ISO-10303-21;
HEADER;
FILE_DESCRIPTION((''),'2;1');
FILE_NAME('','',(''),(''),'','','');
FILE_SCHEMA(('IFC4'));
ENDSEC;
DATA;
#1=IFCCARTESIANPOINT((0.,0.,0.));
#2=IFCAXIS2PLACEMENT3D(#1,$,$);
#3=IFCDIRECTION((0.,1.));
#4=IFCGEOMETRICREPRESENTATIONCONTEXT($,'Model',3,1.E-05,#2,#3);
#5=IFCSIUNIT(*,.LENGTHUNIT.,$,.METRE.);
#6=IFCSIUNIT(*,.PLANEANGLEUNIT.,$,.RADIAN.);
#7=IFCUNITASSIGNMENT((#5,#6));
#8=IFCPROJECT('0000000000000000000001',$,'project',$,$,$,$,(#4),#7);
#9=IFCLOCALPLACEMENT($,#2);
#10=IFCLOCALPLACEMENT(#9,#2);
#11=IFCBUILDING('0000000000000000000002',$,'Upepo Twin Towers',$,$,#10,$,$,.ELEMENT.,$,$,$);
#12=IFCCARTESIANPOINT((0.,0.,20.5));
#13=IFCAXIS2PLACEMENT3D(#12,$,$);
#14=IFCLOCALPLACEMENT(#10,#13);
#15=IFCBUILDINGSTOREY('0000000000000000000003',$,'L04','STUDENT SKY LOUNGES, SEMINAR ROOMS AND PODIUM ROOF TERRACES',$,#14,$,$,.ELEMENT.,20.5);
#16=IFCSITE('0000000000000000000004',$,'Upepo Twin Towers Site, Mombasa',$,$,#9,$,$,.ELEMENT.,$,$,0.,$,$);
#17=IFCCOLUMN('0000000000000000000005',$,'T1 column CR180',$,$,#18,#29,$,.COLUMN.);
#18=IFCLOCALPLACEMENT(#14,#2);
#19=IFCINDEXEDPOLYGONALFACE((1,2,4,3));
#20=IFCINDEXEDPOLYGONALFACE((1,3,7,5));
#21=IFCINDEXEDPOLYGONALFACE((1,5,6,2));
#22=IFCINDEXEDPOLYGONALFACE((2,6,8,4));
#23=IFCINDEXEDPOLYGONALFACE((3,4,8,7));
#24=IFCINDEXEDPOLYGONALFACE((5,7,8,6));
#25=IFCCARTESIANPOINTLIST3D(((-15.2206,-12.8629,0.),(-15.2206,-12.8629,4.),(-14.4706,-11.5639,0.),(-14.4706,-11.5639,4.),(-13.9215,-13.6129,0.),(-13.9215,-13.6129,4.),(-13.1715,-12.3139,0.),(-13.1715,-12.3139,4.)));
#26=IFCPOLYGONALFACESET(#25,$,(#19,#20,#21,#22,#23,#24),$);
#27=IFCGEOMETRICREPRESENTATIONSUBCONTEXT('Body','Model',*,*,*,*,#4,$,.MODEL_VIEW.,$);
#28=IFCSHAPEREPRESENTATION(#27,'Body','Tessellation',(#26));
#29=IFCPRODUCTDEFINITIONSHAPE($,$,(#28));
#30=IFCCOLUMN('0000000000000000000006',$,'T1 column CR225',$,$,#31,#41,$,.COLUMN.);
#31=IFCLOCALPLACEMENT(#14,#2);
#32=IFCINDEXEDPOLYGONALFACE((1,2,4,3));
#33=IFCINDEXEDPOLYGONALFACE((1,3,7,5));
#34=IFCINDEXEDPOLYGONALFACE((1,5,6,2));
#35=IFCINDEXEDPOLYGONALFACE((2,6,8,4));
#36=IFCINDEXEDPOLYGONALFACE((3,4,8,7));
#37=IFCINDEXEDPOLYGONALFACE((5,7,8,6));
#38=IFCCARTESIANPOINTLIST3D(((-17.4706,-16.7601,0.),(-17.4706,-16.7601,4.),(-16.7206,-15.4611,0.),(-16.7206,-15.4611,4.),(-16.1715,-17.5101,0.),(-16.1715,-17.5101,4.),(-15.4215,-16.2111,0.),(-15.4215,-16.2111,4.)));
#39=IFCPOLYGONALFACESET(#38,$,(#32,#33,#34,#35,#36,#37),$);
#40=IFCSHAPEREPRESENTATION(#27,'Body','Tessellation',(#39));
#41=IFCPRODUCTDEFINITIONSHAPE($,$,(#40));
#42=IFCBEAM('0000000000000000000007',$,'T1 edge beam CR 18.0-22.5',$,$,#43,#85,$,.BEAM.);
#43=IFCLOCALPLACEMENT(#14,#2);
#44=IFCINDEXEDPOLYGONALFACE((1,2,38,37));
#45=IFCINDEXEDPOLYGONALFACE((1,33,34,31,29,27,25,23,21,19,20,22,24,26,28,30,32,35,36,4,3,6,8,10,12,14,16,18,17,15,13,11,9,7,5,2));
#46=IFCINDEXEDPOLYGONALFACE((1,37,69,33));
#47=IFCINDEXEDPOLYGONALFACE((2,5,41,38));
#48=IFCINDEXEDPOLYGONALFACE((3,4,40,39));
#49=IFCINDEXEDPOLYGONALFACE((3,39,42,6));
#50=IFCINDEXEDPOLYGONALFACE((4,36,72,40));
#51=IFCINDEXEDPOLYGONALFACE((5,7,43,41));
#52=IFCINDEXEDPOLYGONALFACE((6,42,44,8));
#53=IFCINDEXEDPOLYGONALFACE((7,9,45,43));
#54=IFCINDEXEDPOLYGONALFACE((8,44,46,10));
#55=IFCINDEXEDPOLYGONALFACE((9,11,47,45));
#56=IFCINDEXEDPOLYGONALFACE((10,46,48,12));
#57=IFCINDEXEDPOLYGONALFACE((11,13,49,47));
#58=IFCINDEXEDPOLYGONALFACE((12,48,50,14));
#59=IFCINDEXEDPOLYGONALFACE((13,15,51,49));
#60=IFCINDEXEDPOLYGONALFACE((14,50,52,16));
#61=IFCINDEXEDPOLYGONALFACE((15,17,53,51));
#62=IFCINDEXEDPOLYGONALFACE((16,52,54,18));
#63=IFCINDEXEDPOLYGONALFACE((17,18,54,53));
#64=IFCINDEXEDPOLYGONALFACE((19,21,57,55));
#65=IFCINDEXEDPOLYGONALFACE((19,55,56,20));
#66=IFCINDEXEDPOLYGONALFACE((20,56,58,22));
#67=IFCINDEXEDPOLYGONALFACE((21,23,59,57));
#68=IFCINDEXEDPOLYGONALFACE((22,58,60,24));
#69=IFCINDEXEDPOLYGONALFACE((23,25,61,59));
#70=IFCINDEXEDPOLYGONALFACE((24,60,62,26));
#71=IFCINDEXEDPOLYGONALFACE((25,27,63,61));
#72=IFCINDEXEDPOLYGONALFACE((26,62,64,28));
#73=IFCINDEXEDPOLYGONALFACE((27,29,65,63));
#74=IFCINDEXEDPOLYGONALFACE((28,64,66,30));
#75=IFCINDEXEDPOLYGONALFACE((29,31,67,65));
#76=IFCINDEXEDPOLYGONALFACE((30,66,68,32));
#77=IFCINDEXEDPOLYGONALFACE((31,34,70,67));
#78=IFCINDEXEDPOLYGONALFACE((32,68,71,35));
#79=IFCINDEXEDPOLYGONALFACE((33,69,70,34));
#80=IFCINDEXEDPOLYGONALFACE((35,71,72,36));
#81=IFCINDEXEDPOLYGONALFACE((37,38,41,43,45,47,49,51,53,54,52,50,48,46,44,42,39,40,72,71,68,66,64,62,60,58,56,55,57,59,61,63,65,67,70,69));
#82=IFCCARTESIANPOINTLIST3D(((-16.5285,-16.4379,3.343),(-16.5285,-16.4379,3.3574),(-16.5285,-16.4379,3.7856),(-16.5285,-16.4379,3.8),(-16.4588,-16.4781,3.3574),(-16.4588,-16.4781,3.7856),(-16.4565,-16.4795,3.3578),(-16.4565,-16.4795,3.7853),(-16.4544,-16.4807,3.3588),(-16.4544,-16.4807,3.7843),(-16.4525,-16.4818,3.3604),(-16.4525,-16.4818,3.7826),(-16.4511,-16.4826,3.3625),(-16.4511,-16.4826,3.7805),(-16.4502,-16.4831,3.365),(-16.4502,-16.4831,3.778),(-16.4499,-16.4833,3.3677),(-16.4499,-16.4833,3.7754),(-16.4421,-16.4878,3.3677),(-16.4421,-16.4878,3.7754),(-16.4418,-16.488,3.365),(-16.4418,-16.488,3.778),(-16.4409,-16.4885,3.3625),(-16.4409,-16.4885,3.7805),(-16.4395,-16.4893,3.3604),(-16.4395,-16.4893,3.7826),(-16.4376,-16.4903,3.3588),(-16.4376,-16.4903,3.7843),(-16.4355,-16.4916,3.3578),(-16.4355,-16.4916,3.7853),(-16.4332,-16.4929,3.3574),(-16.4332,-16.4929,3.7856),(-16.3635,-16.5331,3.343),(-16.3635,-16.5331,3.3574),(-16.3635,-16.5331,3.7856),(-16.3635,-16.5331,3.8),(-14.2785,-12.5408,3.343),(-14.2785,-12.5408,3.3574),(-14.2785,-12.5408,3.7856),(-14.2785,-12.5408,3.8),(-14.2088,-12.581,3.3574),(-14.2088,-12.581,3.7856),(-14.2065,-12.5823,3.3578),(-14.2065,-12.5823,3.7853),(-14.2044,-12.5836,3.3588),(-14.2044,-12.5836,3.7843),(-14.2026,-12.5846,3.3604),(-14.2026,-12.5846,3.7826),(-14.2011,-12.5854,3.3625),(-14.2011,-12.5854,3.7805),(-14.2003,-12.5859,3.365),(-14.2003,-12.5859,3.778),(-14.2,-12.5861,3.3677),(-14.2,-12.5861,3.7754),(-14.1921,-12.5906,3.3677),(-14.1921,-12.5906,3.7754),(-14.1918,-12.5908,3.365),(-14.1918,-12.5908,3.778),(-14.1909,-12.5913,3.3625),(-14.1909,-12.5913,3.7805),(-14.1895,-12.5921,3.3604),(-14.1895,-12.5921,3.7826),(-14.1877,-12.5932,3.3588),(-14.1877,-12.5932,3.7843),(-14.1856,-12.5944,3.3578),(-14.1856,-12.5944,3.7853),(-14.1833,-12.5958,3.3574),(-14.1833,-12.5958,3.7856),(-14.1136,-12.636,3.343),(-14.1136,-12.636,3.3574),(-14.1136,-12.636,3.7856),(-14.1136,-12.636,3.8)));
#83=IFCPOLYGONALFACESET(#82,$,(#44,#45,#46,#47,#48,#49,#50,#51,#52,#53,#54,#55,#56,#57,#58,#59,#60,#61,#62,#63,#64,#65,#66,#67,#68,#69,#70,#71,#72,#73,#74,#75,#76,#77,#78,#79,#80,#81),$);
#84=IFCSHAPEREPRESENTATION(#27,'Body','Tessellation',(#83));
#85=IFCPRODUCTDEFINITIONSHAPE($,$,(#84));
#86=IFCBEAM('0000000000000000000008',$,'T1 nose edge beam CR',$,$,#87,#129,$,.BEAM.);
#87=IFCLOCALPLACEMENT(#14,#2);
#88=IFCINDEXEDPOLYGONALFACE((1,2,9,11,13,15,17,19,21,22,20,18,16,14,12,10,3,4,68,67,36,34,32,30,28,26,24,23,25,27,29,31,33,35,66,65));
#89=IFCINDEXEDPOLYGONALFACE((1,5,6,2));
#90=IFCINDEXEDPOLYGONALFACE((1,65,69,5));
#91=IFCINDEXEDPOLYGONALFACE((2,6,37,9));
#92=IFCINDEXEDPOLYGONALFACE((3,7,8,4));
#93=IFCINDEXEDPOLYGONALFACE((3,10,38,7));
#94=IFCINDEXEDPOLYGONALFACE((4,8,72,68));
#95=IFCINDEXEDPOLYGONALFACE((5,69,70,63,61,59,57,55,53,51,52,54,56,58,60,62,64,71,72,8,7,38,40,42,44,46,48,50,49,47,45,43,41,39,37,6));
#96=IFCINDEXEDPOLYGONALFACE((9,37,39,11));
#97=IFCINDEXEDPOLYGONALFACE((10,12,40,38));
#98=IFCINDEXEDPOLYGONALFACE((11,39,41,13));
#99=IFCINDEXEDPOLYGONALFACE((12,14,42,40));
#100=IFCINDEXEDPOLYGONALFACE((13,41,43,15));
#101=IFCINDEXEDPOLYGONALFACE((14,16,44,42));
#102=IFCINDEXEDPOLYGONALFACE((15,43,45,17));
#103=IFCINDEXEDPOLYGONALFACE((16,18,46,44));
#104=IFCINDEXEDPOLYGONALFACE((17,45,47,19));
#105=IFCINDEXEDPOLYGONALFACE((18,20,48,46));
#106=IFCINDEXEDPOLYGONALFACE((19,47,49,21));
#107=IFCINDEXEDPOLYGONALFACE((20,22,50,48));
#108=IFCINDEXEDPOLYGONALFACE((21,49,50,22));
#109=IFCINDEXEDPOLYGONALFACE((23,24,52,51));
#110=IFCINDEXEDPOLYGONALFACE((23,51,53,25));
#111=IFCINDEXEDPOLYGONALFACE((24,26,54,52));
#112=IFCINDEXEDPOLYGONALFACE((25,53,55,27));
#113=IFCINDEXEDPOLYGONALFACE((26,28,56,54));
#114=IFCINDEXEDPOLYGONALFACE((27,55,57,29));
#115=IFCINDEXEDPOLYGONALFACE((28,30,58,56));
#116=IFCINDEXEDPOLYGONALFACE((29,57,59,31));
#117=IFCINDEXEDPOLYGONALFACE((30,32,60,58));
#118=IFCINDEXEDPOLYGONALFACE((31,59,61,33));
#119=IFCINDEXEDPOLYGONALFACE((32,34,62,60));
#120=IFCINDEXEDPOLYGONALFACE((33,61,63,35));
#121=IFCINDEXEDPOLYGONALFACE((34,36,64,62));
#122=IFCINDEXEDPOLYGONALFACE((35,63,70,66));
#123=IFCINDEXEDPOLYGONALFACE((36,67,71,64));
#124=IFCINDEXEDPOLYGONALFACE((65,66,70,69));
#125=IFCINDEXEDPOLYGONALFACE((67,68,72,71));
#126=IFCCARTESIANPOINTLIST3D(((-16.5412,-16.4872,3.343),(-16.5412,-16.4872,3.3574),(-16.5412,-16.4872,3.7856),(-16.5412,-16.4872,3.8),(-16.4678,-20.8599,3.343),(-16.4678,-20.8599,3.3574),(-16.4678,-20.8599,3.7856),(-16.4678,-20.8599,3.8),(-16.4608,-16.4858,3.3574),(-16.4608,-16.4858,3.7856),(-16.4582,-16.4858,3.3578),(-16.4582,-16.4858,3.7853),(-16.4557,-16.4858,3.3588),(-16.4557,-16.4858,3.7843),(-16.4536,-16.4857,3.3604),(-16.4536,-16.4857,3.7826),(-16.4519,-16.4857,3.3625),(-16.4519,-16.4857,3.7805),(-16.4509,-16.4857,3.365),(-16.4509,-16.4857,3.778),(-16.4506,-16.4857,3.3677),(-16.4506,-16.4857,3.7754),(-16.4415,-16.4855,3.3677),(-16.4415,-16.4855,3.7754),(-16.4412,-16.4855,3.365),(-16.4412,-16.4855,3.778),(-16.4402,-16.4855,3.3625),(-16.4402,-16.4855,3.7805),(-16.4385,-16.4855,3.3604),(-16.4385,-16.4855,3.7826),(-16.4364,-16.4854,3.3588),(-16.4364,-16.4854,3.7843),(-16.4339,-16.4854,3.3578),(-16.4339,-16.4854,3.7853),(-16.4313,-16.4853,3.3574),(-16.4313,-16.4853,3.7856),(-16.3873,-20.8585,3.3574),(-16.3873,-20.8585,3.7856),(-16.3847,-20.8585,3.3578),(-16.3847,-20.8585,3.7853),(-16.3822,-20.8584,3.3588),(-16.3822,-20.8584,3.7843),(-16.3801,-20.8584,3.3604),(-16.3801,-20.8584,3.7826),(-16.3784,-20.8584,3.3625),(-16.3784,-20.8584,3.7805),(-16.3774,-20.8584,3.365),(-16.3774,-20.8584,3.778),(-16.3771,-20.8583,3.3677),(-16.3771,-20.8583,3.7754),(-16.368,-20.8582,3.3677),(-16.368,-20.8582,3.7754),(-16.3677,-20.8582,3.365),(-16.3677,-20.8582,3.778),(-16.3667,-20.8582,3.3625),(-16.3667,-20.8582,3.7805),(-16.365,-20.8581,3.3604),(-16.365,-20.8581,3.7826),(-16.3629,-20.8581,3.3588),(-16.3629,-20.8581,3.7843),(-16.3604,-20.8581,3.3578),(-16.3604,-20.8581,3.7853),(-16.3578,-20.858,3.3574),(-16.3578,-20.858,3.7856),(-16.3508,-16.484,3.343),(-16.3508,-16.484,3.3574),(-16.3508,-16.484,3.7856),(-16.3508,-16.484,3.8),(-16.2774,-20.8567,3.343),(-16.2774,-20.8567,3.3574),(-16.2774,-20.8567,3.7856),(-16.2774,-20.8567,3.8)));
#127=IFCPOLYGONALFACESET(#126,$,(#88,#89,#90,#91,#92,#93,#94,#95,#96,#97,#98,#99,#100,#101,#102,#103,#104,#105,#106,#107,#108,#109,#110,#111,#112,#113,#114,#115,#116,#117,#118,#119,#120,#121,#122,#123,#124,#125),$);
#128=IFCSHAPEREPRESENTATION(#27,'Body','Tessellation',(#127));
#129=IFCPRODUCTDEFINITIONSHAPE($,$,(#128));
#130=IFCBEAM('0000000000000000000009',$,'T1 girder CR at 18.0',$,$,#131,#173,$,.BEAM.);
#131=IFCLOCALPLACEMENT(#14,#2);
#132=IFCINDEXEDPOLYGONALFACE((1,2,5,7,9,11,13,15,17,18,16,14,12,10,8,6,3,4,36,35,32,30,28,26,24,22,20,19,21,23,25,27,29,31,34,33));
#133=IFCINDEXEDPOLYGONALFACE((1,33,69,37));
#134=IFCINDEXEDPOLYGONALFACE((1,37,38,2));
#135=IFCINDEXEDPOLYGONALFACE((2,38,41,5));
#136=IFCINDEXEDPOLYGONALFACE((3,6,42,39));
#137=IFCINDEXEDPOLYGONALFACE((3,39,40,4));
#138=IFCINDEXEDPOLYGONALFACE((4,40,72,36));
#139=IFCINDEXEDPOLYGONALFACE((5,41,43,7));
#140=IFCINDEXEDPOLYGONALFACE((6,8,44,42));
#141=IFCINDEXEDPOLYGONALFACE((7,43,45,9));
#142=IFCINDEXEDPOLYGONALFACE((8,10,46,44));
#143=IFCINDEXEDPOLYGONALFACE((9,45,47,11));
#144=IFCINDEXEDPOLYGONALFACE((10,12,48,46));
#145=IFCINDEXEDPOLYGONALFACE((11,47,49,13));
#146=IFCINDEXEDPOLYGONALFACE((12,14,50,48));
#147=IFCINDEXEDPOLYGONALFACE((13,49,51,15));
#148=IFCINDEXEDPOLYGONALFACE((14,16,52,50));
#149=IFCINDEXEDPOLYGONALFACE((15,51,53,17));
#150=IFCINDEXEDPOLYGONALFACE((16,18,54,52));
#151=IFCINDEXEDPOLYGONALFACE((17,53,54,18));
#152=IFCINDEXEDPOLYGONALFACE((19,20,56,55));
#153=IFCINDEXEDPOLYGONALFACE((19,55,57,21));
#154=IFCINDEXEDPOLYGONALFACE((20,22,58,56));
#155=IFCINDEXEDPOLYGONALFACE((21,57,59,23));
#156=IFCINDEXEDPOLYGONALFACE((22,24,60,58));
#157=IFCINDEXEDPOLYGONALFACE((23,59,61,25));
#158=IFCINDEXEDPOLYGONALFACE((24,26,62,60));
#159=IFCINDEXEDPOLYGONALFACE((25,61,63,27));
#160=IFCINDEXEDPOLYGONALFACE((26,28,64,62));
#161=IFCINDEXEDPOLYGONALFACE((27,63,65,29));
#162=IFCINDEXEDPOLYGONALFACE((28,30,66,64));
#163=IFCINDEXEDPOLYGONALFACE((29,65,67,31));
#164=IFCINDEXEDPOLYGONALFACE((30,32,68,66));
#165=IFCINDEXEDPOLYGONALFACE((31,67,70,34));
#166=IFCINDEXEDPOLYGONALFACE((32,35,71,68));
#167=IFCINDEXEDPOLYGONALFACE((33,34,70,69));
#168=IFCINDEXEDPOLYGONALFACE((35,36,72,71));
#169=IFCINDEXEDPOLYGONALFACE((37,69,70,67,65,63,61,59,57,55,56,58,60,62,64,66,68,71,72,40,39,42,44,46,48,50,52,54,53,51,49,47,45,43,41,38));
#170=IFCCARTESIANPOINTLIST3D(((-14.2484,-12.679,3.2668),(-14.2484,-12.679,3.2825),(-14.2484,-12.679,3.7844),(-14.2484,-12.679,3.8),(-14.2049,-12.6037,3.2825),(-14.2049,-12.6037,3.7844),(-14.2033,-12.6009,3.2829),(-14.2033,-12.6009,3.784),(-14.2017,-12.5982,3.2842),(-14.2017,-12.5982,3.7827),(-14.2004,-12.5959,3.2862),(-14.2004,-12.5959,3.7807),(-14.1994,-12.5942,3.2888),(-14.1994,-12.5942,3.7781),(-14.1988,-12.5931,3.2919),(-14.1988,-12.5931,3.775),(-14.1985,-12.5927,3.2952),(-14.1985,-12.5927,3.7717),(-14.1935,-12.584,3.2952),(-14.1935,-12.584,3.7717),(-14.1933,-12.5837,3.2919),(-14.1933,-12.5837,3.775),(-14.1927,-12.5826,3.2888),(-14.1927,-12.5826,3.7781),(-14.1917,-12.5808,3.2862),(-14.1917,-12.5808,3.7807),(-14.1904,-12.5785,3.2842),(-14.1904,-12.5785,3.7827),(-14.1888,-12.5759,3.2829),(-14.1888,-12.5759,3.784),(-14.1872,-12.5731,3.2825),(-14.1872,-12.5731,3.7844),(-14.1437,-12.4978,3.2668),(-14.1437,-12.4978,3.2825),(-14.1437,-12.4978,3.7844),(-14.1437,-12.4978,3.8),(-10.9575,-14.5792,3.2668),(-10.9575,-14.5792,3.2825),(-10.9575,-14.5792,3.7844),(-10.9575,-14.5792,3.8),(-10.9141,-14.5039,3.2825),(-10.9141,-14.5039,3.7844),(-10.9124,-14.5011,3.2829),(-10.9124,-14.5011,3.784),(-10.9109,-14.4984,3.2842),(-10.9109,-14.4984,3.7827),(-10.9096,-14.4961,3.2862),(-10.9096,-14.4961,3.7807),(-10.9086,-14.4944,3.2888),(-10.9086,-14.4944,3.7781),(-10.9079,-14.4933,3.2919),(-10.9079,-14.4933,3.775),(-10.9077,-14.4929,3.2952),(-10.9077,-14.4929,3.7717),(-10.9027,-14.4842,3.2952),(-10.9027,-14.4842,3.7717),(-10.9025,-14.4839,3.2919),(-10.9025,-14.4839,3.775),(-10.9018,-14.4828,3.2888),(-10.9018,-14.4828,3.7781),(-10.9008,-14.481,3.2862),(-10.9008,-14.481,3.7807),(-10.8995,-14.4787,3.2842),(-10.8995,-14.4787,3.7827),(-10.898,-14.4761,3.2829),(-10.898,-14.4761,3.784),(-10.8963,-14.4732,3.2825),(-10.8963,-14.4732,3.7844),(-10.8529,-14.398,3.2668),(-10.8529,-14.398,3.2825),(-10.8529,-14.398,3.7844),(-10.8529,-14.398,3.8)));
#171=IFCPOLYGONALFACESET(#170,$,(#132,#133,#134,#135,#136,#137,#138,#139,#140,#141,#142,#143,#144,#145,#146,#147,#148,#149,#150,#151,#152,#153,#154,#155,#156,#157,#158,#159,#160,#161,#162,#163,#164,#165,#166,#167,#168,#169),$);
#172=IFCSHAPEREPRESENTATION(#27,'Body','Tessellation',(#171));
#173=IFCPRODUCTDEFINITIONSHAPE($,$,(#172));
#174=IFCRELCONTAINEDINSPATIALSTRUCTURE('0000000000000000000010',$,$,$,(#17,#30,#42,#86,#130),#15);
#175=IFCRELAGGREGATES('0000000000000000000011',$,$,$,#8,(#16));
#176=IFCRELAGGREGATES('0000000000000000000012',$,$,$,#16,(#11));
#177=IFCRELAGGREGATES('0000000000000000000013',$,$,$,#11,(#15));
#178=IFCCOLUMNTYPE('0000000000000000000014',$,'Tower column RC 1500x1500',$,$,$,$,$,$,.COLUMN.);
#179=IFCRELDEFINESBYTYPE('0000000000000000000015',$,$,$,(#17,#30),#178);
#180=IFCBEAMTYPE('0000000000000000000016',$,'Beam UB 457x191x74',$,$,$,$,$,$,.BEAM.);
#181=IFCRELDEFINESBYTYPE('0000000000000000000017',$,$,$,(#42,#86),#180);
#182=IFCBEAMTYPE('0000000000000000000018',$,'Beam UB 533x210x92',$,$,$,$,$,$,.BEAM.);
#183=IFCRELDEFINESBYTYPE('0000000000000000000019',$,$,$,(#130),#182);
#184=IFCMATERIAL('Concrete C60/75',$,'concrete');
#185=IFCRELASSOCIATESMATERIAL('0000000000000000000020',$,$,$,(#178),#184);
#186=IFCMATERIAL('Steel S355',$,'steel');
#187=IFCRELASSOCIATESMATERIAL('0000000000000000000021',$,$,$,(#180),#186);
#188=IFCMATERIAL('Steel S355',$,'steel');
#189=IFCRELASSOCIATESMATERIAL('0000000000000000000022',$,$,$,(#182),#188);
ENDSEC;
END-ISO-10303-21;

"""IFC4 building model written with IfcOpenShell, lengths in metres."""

from ifc_helpers import new_model, si_unit, direction, frame, origin, origin_2d, place, context, subcontext, project, spatial, rectangle, i_section, extrude, material, material_profile, profile_set, type_object, element, save


model = new_model("IFC4")

# Units and contexts
model_context = context("Model", 3, precision=1e-05, world=origin(), true_north=direction((0.0, 1.0)))
body_context = subcontext(model_context, "Body", "Model", "MODEL_VIEW")
ifc_project = project(units=[si_unit("LENGTHUNIT", "METRE"), si_unit("PLANEANGLEUNIT", "RADIAN")], contexts=[model_context])

# Site, building, storey
site_placement = place(None, origin())
site = spatial("IfcSite", under=ifc_project, at=site_placement, Name="Upepo Twin Towers Site, Mombasa", CompositionType="ELEMENT", RefElevation=0.0)
building_placement = place(site_placement, origin())
building = spatial("IfcBuilding", under=site, at=building_placement, Name="Upepo Twin Towers", CompositionType="ELEMENT")
storey_placement = place(building_placement, frame((0.0, 0.0, 20.5)))
storey = spatial("IfcBuildingStorey", under=building, at=storey_placement, Name="L04", Description="STUDENT SKY LOUNGES, SEMINAR ROOMS AND PODIUM ROOF TERRACES", CompositionType="ELEMENT", Elevation=20.5)

# Columns
ifc_material_1 = material(Name="Concrete C60/75", Category="concrete")
ifc_material_profile_1 = material_profile(ifc_material_1, rectangle(XDim=1.5, YDim=1.5, at=origin_2d()), Name="RC 1500x1500")
ifc_profile_set_1 = profile_set([ifc_material_profile_1], Name="Concrete C60/75")
column_type = type_object("IfcColumnType", Name="Tower column RC 1500x1500", PredefinedType="COLUMN", material=ifc_profile_set_1)
for number, where, z_axis, x_axis, name in (
    (1, (-14.196, -12.5884, 0.0), (0.0, 0.0, 1.0), (0.5, 0.866025, 0.0), "T1 column CR180"),
    (2, (-16.446, -16.4856, 0.0), (0.0, 0.0, 1.0), (0.5, 0.866025, 0.0), "T1 column CR225"),
):
    element("IfcColumn", number, at=place(storey_placement, frame(where, z_axis=z_axis, x_axis=x_axis)), inside=storey, type_object=column_type, Name=name, PredefinedType="COLUMN", context=body_context, shape_type="SweptSolid", body=[
        extrude(rectangle(XDim=1.5, YDim=1.5, at=origin_2d()), origin(), (0.0, 0.0, 1.0), 4.0),
    ])

# Beams
ifc_material_2 = material(Name="Steel S355", Category="steel")
ifc_material_profile_2 = material_profile(ifc_material_2, i_section(OverallWidth=0.1904, OverallDepth=0.457, WebThickness=0.009, FlangeThickness=0.0144, FilletRadius=0.0103, at=origin_2d()), Name="UB 457x191x74")
ifc_profile_set_2 = profile_set([ifc_material_profile_2], Name="Steel S355")
beam_type_1 = type_object("IfcBeamType", Name="Beam UB 457x191x74", PredefinedType="BEAM", material=ifc_profile_set_2)
beam_1_placement = place(storey_placement, frame((-14.196, -12.5884, 3.5715), z_axis=(-0.49999, -0.866031, 0.0), x_axis=(0.866031, -0.49999, 0.0)))
element("IfcBeam", 3, at=beam_1_placement, inside=storey, type_object=beam_type_1, Name="T1 edge beam CR 18.0-22.5", PredefinedType="BEAM", context=body_context, shape_type="SweptSolid", body=[
    extrude(i_section(OverallWidth=0.1904, OverallDepth=0.457, WebThickness=0.009, FlangeThickness=0.0144, FilletRadius=0.0103, at=origin_2d()), origin(), (0.0, 0.0, 1.0), 4.5),
])
beam_2_placement = place(storey_placement, frame((-16.446, -16.4856, 3.5715), z_axis=(0.016804, -0.999859, 0.0), x_axis=(0.999859, 0.016804, 0.0)))
element("IfcBeam", 4, at=beam_2_placement, inside=storey, type_object=beam_type_1, Name="T1 nose edge beam CR", PredefinedType="BEAM", context=body_context, shape_type="SweptSolid", body=[
    extrude(i_section(OverallWidth=0.1904, OverallDepth=0.457, WebThickness=0.009, FlangeThickness=0.0144, FilletRadius=0.0103, at=origin_2d()), origin(), (0.0, 0.0, 1.0), 4.3733),
])
ifc_material_3 = material(Name="Steel S355", Category="steel")
ifc_material_profile_3 = material_profile(ifc_material_3, i_section(OverallWidth=0.2092, OverallDepth=0.5332, WebThickness=0.01, FlangeThickness=0.0156, FilletRadius=0.0127, at=origin_2d()), Name="UB 533x210x92")
ifc_profile_set_3 = profile_set([ifc_material_profile_3], Name="Steel S355")
beam_type_2 = type_object("IfcBeamType", Name="Beam UB 533x210x92", PredefinedType="BEAM", material=ifc_profile_set_3)
beam_3_placement = place(storey_placement, frame((-14.196, -12.5884, 3.5334), z_axis=(0.866, -0.500043, 0.0), x_axis=(0.500043, 0.866, 0.0)))
element("IfcBeam", 5, at=beam_3_placement, inside=storey, type_object=beam_type_2, Name="T1 girder CR at 18.0", PredefinedType="BEAM", context=body_context, shape_type="SweptSolid", body=[
    extrude(i_section(OverallWidth=0.2092, OverallDepth=0.5332, WebThickness=0.01, FlangeThickness=0.0156, FilletRadius=0.0127, at=origin_2d()), origin(), (0.0, 0.0, 1.0), 3.8),
])

save(model, "model.ifc")
